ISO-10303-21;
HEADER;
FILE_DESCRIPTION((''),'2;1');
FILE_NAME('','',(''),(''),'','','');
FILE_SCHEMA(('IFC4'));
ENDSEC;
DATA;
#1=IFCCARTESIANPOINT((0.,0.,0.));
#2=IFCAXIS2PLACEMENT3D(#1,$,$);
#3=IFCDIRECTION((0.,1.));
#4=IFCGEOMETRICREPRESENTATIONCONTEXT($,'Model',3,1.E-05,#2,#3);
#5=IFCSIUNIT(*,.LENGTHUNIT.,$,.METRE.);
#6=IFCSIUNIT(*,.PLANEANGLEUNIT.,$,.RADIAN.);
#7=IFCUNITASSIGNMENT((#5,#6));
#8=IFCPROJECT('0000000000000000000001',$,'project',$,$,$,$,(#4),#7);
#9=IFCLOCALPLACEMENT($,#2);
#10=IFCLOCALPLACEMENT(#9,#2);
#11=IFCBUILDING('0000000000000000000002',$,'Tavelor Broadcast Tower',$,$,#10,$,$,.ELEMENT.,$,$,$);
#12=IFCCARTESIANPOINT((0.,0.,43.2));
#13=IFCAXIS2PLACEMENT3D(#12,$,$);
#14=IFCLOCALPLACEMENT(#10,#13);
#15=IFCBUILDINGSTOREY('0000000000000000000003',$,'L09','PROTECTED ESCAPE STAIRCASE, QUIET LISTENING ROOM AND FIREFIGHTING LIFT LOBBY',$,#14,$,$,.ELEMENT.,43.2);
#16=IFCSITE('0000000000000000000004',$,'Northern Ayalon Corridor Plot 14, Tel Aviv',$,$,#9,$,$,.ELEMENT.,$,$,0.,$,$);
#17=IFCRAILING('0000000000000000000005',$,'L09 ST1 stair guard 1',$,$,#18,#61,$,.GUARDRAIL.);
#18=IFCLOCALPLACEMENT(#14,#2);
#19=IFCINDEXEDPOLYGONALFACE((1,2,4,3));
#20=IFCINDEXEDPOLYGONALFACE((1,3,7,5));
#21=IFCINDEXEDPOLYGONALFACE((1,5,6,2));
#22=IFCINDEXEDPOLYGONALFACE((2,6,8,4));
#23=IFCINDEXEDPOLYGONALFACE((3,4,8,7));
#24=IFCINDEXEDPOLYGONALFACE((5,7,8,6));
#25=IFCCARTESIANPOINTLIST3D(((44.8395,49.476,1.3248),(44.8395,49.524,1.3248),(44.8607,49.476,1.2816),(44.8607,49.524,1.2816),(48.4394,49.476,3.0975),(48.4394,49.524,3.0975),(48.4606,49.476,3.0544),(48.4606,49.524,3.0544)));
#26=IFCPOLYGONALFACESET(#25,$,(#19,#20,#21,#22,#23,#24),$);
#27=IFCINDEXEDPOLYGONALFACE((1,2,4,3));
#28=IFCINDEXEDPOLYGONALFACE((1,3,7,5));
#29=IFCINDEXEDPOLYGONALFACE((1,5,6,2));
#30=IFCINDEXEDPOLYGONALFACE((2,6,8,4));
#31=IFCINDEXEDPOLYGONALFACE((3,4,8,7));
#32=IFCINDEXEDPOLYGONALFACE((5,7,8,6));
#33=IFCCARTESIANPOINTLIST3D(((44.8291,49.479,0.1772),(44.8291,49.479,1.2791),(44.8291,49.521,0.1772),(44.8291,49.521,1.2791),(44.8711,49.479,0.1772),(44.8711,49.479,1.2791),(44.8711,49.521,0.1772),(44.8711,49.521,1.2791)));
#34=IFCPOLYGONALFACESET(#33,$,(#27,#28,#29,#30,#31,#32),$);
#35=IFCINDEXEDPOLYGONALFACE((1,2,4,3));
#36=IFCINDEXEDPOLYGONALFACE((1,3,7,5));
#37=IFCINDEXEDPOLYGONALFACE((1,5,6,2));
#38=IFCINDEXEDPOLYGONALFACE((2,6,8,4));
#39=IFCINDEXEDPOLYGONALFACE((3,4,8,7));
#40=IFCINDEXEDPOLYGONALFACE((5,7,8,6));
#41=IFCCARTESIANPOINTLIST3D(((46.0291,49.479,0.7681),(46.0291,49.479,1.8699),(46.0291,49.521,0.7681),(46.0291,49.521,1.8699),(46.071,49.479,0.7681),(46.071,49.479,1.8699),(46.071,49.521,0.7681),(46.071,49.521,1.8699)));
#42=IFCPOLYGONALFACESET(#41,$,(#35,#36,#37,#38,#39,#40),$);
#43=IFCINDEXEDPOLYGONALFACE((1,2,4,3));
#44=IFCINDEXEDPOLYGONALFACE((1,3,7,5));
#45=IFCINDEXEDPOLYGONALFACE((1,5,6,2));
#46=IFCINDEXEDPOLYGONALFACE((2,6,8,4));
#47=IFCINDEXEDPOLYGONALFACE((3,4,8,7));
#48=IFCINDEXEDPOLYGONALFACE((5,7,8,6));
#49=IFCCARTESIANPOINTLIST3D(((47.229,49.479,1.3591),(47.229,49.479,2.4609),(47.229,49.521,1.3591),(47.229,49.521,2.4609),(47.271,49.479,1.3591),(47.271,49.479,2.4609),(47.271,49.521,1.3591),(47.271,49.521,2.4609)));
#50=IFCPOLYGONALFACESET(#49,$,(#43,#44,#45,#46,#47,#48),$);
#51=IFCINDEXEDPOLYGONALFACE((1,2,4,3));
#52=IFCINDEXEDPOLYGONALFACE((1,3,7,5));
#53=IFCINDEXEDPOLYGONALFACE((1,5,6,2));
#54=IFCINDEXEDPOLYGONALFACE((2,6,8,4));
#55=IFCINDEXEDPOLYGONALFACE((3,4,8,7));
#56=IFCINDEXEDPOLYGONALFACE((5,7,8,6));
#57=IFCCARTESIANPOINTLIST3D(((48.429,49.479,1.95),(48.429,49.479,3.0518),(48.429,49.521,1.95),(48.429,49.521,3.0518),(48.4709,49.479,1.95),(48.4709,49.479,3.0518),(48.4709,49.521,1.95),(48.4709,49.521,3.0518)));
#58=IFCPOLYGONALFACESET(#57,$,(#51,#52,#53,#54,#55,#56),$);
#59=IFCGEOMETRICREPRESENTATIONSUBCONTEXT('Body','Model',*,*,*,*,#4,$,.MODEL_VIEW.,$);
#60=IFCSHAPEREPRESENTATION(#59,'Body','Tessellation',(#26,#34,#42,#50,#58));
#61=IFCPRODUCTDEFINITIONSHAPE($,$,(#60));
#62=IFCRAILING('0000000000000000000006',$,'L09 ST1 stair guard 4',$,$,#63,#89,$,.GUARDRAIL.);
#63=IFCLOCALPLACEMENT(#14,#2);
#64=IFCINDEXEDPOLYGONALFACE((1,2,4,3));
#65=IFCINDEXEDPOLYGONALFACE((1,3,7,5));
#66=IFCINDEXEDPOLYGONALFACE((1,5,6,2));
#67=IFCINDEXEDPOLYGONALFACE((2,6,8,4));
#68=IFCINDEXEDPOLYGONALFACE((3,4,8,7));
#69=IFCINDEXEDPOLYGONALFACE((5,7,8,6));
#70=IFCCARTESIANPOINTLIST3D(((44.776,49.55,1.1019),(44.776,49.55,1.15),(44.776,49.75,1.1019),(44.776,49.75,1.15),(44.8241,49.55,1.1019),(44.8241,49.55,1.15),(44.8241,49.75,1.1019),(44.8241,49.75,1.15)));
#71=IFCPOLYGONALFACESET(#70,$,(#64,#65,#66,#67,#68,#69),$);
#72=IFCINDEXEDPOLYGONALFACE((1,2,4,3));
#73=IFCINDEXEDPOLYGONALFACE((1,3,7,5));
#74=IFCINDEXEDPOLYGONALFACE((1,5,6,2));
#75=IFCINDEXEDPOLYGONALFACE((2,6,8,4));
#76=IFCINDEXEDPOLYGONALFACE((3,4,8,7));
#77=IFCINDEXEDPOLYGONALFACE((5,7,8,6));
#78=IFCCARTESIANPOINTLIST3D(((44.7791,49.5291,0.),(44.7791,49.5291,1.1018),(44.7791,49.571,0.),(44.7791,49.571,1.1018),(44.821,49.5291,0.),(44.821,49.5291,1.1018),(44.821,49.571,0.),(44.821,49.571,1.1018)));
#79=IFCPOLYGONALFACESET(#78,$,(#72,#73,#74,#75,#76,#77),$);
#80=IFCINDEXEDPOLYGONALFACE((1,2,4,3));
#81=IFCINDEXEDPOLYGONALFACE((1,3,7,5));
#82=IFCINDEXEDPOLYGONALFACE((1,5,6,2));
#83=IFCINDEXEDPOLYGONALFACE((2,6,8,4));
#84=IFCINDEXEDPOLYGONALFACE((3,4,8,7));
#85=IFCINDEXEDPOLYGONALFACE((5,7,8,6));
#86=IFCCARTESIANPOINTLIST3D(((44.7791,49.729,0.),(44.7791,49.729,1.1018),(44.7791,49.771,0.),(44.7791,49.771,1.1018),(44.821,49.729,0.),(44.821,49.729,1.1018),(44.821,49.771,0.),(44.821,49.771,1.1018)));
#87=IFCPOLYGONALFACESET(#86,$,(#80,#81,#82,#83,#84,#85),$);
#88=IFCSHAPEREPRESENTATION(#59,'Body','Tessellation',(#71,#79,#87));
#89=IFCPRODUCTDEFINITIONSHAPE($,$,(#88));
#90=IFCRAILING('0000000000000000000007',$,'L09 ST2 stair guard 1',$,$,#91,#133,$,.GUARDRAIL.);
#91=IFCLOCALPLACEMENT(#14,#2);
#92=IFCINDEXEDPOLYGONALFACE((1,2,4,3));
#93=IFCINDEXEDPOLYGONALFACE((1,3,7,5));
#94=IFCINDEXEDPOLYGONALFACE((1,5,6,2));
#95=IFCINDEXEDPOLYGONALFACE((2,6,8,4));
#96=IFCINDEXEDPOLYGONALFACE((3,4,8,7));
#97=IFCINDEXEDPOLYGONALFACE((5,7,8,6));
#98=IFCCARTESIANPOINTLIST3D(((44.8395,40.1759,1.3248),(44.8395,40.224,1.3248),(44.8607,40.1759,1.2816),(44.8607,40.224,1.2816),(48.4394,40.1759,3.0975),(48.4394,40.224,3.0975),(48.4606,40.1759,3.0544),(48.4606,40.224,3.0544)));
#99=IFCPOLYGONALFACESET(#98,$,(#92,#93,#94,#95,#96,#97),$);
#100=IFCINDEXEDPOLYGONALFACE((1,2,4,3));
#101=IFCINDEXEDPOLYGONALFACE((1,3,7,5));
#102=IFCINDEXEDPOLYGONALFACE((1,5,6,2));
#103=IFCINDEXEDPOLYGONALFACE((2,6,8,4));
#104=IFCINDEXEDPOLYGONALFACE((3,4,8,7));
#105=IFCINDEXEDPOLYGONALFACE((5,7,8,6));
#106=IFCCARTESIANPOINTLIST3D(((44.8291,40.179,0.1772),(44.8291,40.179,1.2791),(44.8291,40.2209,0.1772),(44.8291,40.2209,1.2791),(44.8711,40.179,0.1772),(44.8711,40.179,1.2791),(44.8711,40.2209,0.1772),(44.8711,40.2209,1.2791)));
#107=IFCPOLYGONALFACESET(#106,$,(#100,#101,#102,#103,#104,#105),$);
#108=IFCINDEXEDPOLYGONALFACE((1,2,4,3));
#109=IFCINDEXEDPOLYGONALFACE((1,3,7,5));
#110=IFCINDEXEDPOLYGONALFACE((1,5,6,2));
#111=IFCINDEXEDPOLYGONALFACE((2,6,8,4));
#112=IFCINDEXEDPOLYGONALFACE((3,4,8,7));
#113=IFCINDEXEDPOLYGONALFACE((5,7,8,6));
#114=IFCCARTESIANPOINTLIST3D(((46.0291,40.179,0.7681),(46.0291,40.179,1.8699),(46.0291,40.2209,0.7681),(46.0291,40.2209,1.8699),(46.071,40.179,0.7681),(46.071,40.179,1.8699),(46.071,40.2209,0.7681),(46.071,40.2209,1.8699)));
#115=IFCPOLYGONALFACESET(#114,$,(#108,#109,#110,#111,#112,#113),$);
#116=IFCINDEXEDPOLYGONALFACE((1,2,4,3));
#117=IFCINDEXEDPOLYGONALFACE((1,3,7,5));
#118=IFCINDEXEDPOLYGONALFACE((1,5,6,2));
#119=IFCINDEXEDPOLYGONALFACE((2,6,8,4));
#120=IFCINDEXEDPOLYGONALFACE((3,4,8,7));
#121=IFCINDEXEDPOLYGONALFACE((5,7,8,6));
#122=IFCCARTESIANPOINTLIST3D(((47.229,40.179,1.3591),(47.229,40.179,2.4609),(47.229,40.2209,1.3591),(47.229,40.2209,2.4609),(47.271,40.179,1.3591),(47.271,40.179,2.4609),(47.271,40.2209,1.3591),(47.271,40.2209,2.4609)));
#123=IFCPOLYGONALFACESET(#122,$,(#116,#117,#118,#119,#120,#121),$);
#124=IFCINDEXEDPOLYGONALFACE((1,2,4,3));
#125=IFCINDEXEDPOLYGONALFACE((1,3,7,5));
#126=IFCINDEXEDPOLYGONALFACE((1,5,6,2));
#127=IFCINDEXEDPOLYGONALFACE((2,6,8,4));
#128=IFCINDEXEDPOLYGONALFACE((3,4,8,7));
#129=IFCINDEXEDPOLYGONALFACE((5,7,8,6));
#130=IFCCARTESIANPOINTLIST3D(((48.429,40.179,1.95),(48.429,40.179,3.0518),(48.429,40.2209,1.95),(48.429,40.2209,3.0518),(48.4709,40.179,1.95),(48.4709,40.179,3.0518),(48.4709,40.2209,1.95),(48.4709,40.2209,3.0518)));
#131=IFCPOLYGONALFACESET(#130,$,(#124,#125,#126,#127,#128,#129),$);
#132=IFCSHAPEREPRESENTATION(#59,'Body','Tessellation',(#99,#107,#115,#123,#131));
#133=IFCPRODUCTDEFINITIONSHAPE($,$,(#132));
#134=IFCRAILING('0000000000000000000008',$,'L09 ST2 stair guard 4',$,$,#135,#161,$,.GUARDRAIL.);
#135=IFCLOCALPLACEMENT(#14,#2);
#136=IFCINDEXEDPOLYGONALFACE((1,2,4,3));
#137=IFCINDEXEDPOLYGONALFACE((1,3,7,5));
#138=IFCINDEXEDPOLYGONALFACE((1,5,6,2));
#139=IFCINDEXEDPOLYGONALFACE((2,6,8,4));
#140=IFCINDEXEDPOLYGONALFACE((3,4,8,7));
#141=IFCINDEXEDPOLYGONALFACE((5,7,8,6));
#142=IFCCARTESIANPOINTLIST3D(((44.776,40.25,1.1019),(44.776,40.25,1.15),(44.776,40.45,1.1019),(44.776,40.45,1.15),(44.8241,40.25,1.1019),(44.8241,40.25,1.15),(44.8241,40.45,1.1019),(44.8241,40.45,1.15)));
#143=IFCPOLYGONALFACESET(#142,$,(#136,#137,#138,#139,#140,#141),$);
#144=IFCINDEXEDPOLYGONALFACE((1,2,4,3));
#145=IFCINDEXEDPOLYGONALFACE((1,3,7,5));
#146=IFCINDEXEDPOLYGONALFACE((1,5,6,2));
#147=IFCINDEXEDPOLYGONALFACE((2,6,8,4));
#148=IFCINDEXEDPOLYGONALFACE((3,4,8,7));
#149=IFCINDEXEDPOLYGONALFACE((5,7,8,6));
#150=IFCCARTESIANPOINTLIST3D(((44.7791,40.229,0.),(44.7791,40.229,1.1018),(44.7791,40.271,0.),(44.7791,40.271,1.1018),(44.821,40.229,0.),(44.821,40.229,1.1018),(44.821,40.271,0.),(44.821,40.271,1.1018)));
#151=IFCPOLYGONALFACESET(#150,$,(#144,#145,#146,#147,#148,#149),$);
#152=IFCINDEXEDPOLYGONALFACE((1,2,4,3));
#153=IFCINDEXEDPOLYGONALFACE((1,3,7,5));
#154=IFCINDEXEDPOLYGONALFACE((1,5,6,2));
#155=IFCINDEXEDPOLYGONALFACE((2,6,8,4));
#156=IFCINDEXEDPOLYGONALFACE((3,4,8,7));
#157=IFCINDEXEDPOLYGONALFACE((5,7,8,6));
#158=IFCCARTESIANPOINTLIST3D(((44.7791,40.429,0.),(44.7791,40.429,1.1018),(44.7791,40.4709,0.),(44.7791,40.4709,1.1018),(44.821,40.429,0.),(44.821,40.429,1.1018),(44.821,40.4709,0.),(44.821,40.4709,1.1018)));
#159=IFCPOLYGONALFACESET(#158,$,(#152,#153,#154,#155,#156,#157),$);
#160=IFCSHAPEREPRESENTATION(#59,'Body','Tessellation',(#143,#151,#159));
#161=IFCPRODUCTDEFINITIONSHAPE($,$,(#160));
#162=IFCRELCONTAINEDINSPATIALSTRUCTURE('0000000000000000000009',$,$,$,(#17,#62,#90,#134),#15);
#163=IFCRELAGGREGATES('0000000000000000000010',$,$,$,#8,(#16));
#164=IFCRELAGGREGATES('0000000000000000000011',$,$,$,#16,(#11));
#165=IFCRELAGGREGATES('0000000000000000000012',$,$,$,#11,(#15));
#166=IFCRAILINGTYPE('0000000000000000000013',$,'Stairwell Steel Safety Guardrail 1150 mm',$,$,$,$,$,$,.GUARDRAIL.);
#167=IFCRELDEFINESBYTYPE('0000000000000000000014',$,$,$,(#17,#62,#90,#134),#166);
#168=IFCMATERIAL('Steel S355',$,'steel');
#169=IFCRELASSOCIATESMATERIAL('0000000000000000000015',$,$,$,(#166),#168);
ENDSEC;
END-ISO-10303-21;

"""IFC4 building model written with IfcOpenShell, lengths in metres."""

from ifc_helpers import new_model, si_unit, direction, frame, origin, origin_2d, place, context, subcontext, project, spatial, rectangle, extrude, material, type_object, element, save


model = new_model("IFC4")

# Units and contexts
model_context = context("Model", 3, precision=1e-05, world=origin(), true_north=direction((0.0, 1.0)))
body_context = subcontext(model_context, "Body", "Model", "MODEL_VIEW")
ifc_project = project(units=[si_unit("LENGTHUNIT", "METRE"), si_unit("PLANEANGLEUNIT", "RADIAN")], contexts=[model_context])

# Site, building, storey
site_placement = place(None, origin())
site = spatial("IfcSite", under=ifc_project, at=site_placement, Name="Northern Ayalon Corridor Plot 14, Tel Aviv", CompositionType="ELEMENT", RefElevation=0.0)
building_placement = place(site_placement, origin())
building = spatial("IfcBuilding", under=site, at=building_placement, Name="Tavelor Broadcast Tower", CompositionType="ELEMENT")
storey_placement = place(building_placement, frame((0.0, 0.0, 43.2)))
storey = spatial("IfcBuildingStorey", under=building, at=storey_placement, Name="L09", Description="PROTECTED ESCAPE STAIRCASE, QUIET LISTENING ROOM AND FIREFIGHTING LIFT LOBBY", CompositionType="ELEMENT", Elevation=43.2)

# Shared definitions
ifc_material_1 = material(Name="Steel S355", Category="steel")

# Railings
railing_type_1 = type_object("IfcRailingType", Name="Stairwell Steel Safety Guardrail 1150 mm", PredefinedType="GUARDRAIL", material=ifc_material_1)
railing_1_placement = place(storey_placement, frame((44.8501, 49.5, 0.1772)))
element("IfcRailing", 1, at=railing_1_placement, inside=storey, type_object=railing_type_1, Name="L09 ST1 stair guard 1", PredefinedType="GUARDRAIL", context=body_context, shape_type="SweptSolid", body=[
    extrude(rectangle(XDim=0.0481, YDim=0.0481, at=origin_2d()), frame((0.0, 0.0, 1.126), z_axis=(0.897124, 0.0, 0.441778), x_axis=(0.0, 1.0, 0.0)), (0.0, 0.0, 1.0), 4.0127),
    extrude(rectangle(XDim=0.042, YDim=0.042, at=origin_2d()), origin(), (0.0, 0.0, 1.0), 1.1018),
    extrude(rectangle(XDim=0.042, YDim=0.042, at=origin_2d()), frame((1.2, 0.0, 0.5908)), (0.0, 0.0, 1.0), 1.1018),
    extrude(rectangle(XDim=0.042, YDim=0.042, at=origin_2d()), frame((2.3999, 0.0, 1.1819)), (0.0, 0.0, 1.0), 1.1018),
    extrude(rectangle(XDim=0.042, YDim=0.042, at=origin_2d()), frame((3.5999, 0.0, 1.7727)), (0.0, 0.0, 1.0), 1.1018),
])
railing_2_placement = place(storey_placement, frame((44.8, 49.55, 0.0)))
element("IfcRailing", 2, at=railing_2_placement, inside=storey, type_object=railing_type_1, Name="L09 ST1 stair guard 4", PredefinedType="GUARDRAIL", context=body_context, shape_type="SweptSolid", body=[
    extrude(rectangle(XDim=0.0481, YDim=0.0481, at=origin_2d()), frame((0.0, 0.0, 1.126), z_axis=(0.0, 1.0, 0.0), x_axis=(-1.0, 0.0, 0.0)), (0.0, 0.0, 1.0), 0.2),
    extrude(rectangle(XDim=0.042, YDim=0.042, at=origin_2d()), origin(), (0.0, 0.0, 1.0), 1.1018),
    extrude(rectangle(XDim=0.042, YDim=0.042, at=origin_2d()), frame((0.0, 0.2, 0.0)), (0.0, 0.0, 1.0), 1.1018),
])
railing_3_placement = place(storey_placement, frame((44.8501, 40.2, 0.1772)))
element("IfcRailing", 3, at=railing_3_placement, inside=storey, type_object=railing_type_1, Name="L09 ST2 stair guard 1", PredefinedType="GUARDRAIL", context=body_context, shape_type="SweptSolid", body=[
    extrude(rectangle(XDim=0.0481, YDim=0.0481, at=origin_2d()), frame((0.0, 0.0, 1.126), z_axis=(0.897124, 0.0, 0.441778), x_axis=(0.0, 1.0, 0.0)), (0.0, 0.0, 1.0), 4.0127),
    extrude(rectangle(XDim=0.042, YDim=0.042, at=origin_2d()), origin(), (0.0, 0.0, 1.0), 1.1018),
    extrude(rectangle(XDim=0.042, YDim=0.042, at=origin_2d()), frame((1.2, 0.0, 0.5908)), (0.0, 0.0, 1.0), 1.1018),
    extrude(rectangle(XDim=0.042, YDim=0.042, at=origin_2d()), frame((2.3999, 0.0, 1.1819)), (0.0, 0.0, 1.0), 1.1018),
    extrude(rectangle(XDim=0.042, YDim=0.042, at=origin_2d()), frame((3.5999, 0.0, 1.7727)), (0.0, 0.0, 1.0), 1.1018),
])
railing_4_placement = place(storey_placement, frame((44.8, 40.25, 0.0)))
element("IfcRailing", 4, at=railing_4_placement, inside=storey, type_object=railing_type_1, Name="L09 ST2 stair guard 4", PredefinedType="GUARDRAIL", context=body_context, shape_type="SweptSolid", body=[
    extrude(rectangle(XDim=0.0481, YDim=0.0481, at=origin_2d()), frame((0.0, 0.0, 1.126), z_axis=(0.0, 1.0, 0.0), x_axis=(-1.0, 0.0, 0.0)), (0.0, 0.0, 1.0), 0.2),
    extrude(rectangle(XDim=0.042, YDim=0.042, at=origin_2d()), origin(), (0.0, 0.0, 1.0), 1.1018),
    extrude(rectangle(XDim=0.042, YDim=0.042, at=origin_2d()), frame((0.0, 0.2, 0.0)), (0.0, 0.0, 1.0), 1.1018),
])

save(model, "model.ifc")
